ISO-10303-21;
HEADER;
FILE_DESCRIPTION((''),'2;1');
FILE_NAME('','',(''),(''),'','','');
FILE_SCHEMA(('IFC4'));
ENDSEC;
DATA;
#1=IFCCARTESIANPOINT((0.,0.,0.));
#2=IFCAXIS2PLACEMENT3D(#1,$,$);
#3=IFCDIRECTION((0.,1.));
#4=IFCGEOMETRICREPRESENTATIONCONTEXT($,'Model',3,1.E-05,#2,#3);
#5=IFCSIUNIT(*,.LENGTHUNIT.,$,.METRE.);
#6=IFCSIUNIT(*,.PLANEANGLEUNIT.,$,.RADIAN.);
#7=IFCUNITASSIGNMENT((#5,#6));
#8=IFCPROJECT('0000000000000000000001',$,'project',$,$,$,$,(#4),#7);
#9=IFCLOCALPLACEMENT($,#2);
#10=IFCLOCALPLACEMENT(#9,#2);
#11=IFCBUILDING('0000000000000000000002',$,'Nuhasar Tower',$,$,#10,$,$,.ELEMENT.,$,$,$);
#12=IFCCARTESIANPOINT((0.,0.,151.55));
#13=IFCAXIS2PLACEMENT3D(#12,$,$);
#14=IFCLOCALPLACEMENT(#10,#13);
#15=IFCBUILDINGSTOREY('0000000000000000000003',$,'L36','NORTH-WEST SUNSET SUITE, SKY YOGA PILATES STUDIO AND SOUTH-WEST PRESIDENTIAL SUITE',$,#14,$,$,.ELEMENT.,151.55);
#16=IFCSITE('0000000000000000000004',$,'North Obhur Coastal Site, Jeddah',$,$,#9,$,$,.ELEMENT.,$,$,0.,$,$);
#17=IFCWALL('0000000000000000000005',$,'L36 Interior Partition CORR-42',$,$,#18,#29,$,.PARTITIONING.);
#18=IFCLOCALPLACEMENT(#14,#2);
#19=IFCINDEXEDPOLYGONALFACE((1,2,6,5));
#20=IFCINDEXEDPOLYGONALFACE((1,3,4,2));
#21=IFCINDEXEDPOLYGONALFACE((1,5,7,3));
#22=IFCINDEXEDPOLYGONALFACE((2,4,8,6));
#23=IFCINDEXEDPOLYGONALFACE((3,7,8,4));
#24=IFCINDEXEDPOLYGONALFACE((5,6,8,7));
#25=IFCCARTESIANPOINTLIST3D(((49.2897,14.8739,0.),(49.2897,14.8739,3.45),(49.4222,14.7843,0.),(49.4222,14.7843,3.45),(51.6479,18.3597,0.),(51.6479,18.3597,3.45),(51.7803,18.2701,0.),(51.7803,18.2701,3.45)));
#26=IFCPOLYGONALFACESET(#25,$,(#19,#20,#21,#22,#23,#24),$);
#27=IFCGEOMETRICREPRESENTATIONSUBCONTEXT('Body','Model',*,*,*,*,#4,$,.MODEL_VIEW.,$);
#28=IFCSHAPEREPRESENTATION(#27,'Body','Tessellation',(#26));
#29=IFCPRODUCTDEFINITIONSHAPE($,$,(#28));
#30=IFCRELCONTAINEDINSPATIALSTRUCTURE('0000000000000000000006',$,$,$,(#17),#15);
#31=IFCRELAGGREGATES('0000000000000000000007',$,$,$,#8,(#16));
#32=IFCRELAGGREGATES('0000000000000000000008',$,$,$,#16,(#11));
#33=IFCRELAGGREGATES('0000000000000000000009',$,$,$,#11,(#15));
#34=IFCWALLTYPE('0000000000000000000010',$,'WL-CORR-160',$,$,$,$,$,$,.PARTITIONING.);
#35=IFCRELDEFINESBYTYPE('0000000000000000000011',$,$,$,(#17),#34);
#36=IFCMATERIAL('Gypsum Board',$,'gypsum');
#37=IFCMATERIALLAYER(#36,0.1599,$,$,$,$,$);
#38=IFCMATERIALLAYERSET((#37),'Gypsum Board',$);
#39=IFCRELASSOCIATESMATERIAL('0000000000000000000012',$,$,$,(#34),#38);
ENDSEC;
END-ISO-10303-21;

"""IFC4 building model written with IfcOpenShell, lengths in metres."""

from ifc_helpers import new_model, si_unit, direction, frame, frame_2d, origin, place, context, subcontext, project, spatial, rectangle, extrude, material, layer, layer_set, type_object, element, save


model = new_model("IFC4")

# Units and contexts
model_context = context("Model", 3, precision=1e-05, world=origin(), true_north=direction((0.0, 1.0)))
body_context = subcontext(model_context, "Body", "Model", "MODEL_VIEW")
ifc_project = project(units=[si_unit("LENGTHUNIT", "METRE"), si_unit("PLANEANGLEUNIT", "RADIAN")], contexts=[model_context])

# Site, building, storey
site_placement = place(None, origin())
site = spatial("IfcSite", under=ifc_project, at=site_placement, Name="North Obhur Coastal Site, Jeddah", CompositionType="ELEMENT", RefElevation=0.0)
building_placement = place(site_placement, origin())
building = spatial("IfcBuilding", under=site, at=building_placement, Name="Nuhasar Tower", CompositionType="ELEMENT")
storey_placement = place(building_placement, frame((0.0, 0.0, 151.55)))
storey = spatial("IfcBuildingStorey", under=building, at=storey_placement, Name="L36", Description="NORTH-WEST SUNSET SUITE, SKY YOGA PILATES STUDIO AND SOUTH-WEST PRESIDENTIAL SUITE", CompositionType="ELEMENT", Elevation=151.55)

# Shared definitions
ifc_material_1 = material(Name="Gypsum Board", Category="gypsum")
ifc_layer_1 = layer(ifc_material_1, 0.1599)
ifc_layer_set_1 = layer_set([ifc_layer_1], Name="Gypsum Board")
wall_type = type_object("IfcWallType", Name="WL-CORR-160", PredefinedType="PARTITIONING", material=ifc_layer_set_1)

# Wall
wall_1_placement = place(storey_placement, frame((49.356, 14.8291, 0.0), z_axis=(0.0, 0.0, 1.0), x_axis=(0.560323, 0.828274, 0.0)))
element("IfcWall", 1, at=wall_1_placement, inside=storey, type_object=wall_type, Name="L36 Interior Partition CORR-42", PredefinedType="PARTITIONING", context=body_context, shape_type="SweptSolid", body=[
    extrude(rectangle(XDim=4.2085, YDim=0.1599, at=frame_2d((2.1042, 0.0))), origin(), (0.0, 0.0, 1.0), 3.45),
])

save(model, "model.ifc")
